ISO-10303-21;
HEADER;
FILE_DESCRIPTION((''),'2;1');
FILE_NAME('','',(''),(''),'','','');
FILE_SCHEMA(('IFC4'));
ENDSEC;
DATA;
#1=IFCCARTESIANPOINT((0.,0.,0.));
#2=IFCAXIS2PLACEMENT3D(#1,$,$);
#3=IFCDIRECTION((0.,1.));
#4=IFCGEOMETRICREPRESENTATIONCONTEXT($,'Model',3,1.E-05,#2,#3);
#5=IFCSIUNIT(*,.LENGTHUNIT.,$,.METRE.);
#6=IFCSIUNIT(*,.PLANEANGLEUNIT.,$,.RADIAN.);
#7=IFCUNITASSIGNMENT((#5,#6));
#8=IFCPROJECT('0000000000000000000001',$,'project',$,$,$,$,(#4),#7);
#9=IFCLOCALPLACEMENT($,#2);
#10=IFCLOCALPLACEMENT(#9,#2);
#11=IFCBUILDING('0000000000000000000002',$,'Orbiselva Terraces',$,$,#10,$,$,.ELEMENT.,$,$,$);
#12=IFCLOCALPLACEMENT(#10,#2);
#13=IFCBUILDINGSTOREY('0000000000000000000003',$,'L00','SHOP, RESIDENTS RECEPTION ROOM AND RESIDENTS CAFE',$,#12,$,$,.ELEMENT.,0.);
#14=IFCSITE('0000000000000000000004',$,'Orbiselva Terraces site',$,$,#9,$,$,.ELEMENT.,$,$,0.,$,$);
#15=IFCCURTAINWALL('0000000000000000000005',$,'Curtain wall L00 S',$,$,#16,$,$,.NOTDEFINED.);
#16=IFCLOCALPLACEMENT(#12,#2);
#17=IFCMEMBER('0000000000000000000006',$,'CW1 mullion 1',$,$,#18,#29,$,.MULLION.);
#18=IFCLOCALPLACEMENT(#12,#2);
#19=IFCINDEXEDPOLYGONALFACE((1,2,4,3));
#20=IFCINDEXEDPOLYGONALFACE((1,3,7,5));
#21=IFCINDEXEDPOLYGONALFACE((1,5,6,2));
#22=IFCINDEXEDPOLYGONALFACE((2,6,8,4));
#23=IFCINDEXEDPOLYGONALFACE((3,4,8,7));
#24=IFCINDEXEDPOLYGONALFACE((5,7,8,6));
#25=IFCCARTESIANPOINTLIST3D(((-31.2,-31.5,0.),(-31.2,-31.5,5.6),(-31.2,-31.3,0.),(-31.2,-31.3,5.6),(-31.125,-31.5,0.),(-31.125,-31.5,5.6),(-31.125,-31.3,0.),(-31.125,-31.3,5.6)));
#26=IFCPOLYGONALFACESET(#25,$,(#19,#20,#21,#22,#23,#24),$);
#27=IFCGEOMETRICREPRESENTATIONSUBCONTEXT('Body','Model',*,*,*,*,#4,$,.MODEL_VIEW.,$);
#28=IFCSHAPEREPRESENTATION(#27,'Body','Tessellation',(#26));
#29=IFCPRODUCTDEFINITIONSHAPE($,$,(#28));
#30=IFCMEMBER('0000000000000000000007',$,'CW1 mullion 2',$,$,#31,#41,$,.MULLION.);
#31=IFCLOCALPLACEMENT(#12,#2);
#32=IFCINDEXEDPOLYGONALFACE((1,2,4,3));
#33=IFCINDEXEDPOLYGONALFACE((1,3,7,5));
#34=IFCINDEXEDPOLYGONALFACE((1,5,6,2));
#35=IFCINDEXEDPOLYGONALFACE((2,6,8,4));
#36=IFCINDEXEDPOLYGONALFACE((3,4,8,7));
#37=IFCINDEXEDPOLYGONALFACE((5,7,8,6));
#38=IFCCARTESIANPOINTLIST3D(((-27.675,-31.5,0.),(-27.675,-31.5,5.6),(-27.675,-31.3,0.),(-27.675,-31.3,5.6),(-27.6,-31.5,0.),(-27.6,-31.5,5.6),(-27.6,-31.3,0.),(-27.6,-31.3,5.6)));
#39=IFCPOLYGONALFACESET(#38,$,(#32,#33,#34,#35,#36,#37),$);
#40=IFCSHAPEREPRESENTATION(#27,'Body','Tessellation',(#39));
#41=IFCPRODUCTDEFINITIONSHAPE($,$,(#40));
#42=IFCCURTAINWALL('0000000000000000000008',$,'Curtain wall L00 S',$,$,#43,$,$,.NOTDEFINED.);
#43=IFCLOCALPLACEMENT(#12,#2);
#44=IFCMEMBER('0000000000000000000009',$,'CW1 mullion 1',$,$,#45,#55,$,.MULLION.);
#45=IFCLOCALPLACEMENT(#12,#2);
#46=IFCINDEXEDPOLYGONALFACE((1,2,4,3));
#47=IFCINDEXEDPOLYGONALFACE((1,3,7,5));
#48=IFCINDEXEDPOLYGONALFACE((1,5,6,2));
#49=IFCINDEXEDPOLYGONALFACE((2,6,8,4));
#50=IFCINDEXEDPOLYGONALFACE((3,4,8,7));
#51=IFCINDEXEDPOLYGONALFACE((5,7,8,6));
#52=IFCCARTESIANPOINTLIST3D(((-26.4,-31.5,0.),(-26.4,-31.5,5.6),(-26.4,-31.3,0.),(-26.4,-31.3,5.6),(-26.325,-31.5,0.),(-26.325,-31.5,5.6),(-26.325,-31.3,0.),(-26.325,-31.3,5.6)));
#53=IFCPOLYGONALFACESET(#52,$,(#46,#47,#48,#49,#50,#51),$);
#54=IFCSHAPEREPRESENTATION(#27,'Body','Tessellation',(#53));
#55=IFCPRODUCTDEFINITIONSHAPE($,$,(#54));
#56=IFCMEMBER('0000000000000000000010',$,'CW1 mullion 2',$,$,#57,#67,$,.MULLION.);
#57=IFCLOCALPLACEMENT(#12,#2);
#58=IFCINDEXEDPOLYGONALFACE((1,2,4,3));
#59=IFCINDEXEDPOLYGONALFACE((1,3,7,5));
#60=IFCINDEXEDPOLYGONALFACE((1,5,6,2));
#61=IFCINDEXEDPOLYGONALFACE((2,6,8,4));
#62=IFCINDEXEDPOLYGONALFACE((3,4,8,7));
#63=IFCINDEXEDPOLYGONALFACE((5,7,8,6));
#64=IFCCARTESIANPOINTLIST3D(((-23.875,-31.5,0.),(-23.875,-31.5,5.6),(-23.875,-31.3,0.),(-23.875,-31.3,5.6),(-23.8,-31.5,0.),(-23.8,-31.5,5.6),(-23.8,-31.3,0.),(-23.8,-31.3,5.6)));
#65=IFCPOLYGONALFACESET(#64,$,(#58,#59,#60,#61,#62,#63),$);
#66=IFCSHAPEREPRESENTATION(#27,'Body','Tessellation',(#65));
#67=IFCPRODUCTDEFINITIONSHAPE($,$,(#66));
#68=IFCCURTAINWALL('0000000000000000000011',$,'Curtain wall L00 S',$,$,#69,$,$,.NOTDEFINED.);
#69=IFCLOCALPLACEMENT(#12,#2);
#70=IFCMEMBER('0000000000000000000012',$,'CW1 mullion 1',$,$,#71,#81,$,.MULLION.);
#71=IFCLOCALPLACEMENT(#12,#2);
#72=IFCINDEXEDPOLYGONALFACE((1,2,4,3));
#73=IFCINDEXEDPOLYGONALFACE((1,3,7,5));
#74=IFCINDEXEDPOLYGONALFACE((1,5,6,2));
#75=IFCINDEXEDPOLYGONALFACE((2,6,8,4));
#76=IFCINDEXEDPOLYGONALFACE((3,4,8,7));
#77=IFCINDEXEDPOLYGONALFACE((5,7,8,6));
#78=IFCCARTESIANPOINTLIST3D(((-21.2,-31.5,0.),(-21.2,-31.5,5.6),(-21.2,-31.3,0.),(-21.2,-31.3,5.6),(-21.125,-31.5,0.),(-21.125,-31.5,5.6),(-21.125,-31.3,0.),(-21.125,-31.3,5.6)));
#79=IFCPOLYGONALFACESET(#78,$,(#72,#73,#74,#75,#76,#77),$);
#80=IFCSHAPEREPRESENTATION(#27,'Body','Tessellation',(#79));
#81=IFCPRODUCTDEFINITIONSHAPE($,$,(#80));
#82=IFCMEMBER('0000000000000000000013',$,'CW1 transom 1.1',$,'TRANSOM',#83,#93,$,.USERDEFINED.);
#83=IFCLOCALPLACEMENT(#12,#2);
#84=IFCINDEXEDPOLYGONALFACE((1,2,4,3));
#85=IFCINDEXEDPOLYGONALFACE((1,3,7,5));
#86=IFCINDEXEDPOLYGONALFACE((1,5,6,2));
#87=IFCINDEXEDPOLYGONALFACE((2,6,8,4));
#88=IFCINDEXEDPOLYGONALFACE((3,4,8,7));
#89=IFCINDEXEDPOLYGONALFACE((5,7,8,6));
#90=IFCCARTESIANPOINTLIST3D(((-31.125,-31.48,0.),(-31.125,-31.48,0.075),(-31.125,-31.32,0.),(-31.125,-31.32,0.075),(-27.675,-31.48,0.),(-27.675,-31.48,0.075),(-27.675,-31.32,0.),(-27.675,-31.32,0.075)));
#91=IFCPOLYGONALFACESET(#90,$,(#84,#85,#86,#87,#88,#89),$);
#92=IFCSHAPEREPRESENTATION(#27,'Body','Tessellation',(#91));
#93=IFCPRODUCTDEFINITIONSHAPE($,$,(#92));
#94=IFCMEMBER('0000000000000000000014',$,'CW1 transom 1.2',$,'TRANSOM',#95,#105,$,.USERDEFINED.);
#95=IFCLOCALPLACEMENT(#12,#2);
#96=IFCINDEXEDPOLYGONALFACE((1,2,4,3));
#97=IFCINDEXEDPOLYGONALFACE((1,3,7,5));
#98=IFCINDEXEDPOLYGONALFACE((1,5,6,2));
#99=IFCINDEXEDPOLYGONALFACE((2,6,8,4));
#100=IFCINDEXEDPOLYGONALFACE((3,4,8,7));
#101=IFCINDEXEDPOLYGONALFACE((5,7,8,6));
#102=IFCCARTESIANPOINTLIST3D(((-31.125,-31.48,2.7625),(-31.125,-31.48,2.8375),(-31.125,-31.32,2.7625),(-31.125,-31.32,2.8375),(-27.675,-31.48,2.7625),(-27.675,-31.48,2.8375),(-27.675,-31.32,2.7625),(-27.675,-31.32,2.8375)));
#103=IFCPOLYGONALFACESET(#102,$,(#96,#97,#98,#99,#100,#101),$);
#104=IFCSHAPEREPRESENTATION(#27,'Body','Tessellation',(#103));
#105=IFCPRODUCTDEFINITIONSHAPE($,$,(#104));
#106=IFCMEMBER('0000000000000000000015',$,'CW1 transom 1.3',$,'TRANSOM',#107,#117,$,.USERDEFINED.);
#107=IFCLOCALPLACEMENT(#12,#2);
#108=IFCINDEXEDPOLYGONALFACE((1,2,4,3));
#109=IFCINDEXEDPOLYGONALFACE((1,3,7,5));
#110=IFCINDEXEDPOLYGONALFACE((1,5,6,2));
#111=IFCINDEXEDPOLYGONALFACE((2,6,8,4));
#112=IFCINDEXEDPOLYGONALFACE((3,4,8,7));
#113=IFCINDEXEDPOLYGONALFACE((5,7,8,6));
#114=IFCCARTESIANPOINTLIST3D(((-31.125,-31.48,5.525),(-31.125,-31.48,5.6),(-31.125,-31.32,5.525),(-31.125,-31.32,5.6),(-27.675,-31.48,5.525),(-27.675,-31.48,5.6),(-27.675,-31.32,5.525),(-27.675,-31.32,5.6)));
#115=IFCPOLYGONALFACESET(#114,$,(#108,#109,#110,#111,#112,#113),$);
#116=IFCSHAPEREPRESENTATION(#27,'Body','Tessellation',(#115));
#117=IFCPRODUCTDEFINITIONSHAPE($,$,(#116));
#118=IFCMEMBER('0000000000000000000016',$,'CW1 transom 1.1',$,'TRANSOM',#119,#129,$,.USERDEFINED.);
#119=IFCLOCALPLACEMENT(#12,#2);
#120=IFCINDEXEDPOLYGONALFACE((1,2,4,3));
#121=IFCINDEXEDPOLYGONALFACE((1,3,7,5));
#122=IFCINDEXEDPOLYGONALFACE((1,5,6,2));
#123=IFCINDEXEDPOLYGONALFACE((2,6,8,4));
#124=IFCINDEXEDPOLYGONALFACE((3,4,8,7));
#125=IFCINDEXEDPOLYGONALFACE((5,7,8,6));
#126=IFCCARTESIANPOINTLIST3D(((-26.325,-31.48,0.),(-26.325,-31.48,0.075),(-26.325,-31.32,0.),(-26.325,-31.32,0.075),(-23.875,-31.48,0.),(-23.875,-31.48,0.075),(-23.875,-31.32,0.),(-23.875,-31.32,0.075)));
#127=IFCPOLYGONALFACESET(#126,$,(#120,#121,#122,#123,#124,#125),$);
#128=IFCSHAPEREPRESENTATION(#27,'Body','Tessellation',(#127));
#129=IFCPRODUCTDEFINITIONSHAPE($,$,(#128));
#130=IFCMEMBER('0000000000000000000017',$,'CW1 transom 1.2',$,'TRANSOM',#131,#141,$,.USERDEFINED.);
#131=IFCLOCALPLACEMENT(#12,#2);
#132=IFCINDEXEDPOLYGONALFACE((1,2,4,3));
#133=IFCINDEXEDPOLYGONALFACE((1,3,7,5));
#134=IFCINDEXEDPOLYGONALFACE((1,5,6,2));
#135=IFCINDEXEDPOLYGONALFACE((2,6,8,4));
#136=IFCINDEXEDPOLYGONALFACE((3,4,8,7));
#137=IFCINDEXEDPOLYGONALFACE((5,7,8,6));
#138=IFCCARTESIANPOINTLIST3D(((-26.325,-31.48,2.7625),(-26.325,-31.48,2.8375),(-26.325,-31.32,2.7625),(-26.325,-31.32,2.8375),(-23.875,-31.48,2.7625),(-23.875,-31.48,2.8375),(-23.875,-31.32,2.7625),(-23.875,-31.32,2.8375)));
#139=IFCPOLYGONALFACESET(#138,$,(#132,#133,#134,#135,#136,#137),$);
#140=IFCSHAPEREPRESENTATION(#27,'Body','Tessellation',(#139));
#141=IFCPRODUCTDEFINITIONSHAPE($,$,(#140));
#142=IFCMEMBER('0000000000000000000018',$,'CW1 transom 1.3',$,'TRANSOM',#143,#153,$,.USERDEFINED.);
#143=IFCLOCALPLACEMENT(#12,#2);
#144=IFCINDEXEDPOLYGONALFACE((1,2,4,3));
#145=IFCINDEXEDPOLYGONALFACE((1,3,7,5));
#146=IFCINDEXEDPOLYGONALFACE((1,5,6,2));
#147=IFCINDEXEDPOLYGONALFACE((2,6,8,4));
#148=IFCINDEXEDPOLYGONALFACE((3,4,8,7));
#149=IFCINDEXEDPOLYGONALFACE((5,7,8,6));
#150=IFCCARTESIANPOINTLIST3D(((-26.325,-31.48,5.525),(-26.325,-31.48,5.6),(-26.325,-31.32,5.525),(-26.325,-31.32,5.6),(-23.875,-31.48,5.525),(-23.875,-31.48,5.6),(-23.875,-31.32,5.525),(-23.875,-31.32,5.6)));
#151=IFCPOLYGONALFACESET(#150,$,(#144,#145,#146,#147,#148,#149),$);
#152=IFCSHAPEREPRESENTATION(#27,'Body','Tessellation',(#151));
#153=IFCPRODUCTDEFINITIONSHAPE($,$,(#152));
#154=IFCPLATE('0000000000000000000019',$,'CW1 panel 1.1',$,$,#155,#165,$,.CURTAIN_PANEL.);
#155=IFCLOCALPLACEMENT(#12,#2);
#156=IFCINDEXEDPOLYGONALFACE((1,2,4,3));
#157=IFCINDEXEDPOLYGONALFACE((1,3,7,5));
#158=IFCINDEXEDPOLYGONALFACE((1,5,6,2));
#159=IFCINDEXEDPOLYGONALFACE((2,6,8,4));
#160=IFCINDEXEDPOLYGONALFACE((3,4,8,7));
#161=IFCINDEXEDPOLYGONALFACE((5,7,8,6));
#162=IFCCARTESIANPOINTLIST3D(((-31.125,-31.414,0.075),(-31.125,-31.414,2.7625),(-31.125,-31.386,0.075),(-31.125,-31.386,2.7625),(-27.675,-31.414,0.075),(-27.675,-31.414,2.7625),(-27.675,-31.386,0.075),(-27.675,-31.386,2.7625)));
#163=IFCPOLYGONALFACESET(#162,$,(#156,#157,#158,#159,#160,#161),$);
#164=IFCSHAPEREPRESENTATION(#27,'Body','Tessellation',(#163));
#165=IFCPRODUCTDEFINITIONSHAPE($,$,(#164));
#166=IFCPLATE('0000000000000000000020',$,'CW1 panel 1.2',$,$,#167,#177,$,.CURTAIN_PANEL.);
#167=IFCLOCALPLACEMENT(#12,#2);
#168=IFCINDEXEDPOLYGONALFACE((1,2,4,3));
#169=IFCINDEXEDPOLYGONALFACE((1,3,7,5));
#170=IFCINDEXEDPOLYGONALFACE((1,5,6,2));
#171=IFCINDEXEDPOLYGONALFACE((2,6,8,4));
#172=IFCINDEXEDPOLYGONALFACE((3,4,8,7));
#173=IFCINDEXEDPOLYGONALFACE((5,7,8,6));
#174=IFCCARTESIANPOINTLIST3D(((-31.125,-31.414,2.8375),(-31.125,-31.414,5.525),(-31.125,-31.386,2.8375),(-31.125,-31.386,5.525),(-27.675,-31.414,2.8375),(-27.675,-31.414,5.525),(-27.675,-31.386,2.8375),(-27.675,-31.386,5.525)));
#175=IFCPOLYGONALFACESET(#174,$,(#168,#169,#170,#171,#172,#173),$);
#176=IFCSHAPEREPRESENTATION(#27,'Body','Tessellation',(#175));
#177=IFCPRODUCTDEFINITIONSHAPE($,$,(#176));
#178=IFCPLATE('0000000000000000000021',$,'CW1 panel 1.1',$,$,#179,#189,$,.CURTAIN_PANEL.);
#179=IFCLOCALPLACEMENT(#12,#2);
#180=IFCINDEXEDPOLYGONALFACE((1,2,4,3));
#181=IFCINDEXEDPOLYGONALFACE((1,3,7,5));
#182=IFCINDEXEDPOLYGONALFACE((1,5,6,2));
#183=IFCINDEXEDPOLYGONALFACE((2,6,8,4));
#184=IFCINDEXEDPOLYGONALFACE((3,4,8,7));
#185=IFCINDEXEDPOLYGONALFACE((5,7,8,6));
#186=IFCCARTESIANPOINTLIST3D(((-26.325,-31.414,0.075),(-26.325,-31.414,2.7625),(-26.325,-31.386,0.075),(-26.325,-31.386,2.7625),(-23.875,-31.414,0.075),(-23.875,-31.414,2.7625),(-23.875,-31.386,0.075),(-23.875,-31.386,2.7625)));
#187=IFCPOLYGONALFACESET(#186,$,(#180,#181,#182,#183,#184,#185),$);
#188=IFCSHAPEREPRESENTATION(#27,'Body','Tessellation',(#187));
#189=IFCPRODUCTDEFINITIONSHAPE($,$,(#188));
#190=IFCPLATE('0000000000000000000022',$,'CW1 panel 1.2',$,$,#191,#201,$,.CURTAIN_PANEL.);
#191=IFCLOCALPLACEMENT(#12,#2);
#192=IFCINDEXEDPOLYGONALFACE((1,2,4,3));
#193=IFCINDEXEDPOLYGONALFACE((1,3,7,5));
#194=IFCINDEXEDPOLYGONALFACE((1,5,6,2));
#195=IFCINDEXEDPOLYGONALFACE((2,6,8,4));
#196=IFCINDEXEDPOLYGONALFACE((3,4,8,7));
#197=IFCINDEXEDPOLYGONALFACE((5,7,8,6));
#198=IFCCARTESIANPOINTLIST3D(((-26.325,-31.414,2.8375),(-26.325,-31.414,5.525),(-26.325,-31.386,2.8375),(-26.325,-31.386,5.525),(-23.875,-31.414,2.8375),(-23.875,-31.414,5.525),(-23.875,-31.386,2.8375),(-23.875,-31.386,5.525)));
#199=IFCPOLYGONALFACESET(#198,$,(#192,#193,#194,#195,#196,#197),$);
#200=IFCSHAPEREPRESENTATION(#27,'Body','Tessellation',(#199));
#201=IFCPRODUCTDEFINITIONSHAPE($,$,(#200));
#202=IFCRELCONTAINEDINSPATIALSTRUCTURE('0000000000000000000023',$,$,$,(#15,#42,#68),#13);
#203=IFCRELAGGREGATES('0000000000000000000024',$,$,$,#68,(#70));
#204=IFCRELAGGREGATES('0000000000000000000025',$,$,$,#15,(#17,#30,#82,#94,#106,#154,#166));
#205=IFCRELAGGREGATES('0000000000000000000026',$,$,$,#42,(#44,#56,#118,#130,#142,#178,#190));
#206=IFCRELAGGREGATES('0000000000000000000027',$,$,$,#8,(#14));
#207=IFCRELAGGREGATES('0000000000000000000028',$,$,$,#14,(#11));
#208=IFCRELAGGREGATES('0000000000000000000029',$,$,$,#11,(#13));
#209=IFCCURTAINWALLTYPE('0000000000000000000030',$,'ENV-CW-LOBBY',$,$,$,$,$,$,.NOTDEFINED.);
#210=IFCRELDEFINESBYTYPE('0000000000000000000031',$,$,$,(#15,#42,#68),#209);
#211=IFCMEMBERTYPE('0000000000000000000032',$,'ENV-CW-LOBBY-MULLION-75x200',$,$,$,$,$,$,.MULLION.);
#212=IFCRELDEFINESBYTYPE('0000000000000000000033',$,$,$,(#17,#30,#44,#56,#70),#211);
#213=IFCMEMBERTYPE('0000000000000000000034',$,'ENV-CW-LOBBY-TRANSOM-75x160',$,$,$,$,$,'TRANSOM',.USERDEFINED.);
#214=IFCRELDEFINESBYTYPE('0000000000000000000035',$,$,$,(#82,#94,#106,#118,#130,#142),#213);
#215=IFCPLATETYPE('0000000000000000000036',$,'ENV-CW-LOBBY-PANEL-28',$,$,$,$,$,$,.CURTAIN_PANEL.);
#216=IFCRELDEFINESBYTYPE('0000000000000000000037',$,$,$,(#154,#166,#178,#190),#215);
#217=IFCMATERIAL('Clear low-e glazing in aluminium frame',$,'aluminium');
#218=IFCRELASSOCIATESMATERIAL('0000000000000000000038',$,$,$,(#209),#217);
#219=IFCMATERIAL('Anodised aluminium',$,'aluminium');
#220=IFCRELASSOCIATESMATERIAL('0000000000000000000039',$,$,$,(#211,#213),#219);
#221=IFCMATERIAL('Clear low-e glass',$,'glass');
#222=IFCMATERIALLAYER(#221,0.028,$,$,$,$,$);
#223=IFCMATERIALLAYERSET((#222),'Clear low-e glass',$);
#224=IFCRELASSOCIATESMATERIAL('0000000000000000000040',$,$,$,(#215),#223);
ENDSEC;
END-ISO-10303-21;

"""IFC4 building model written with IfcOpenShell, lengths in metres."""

from ifc_helpers import new_model, si_unit, direction, frame, origin, origin_2d, place, context, subcontext, project, spatial, rectangle, extrude, material, layer, layer_set, material_profile, profile_set, type_object, element, aggregate, save


model = new_model("IFC4")

# Units and contexts
model_context = context("Model", 3, precision=1e-05, world=origin(), true_north=direction((0.0, 1.0)))
body_context = subcontext(model_context, "Body", "Model", "MODEL_VIEW")
ifc_project = project(units=[si_unit("LENGTHUNIT", "METRE"), si_unit("PLANEANGLEUNIT", "RADIAN")], contexts=[model_context])

# Site, building, storey
site_placement = place(None, origin())
site = spatial("IfcSite", under=ifc_project, at=site_placement, Name="Orbiselva Terraces site", CompositionType="ELEMENT", RefElevation=0.0)
building_placement = place(site_placement, origin())
building = spatial("IfcBuilding", under=site, at=building_placement, Name="Orbiselva Terraces", CompositionType="ELEMENT")
storey_placement = place(building_placement, origin())
storey = spatial("IfcBuildingStorey", under=building, at=storey_placement, Name="L00", Description="SHOP, RESIDENTS RECEPTION ROOM AND RESIDENTS CAFE", CompositionType="ELEMENT", Elevation=0.0)

# Curtain walls, members
ifc_material_1 = material(Name="Clear low-e glazing in aluminium frame", Category="aluminium")
curtain_wall_type = type_object("IfcCurtainWallType", Name="ENV-CW-LOBBY", PredefinedType="NOTDEFINED", material=ifc_material_1)
curtain_wall_1_placement = place(storey_placement, origin())
curtain_wall_1 = element("IfcCurtainWall", 1, at=curtain_wall_1_placement, inside=storey, type_object=curtain_wall_type, Name="Curtain wall L00 S", PredefinedType="NOTDEFINED")
ifc_material_2 = material(Name="Anodised aluminium", Category="aluminium")
ifc_material_profile_1 = material_profile(ifc_material_2, rectangle(XDim=0.2, YDim=0.075, at=origin_2d()), Name="AL 75x200")
ifc_profile_set_1 = profile_set([ifc_material_profile_1], Name="Anodised aluminium")
member_type_1 = type_object("IfcMemberType", Name="ENV-CW-LOBBY-MULLION-75x200", PredefinedType="MULLION", material=ifc_profile_set_1)
member_1_placement = place(storey_placement, frame((-31.1625, -31.4, 0.0), z_axis=(0.0, 0.0, 1.0), x_axis=(0.0, 1.0, 0.0)))
member_1 = element("IfcMember", 2, at=member_1_placement, type_object=member_type_1, Name="CW1 mullion 1", PredefinedType="MULLION", context=body_context, shape_type="SweptSolid", body=[
    extrude(rectangle(XDim=0.2, YDim=0.075, at=origin_2d()), origin(), (0.0, 0.0, 1.0), 5.6),
])
member_2_placement = place(storey_placement, frame((-27.6375, -31.4, 0.0), z_axis=(0.0, 0.0, 1.0), x_axis=(0.0, 1.0, 0.0)))
member_2 = element("IfcMember", 3, at=member_2_placement, type_object=member_type_1, Name="CW1 mullion 2", PredefinedType="MULLION", context=body_context, shape_type="SweptSolid", body=[
    extrude(rectangle(XDim=0.2, YDim=0.075, at=origin_2d()), origin(), (0.0, 0.0, 1.0), 5.6),
])
curtain_wall_2_placement = place(storey_placement, origin())
curtain_wall_2 = element("IfcCurtainWall", 4, at=curtain_wall_2_placement, inside=storey, type_object=curtain_wall_type, Name="Curtain wall L00 S", PredefinedType="NOTDEFINED")
member_3_placement = place(storey_placement, frame((-26.3625, -31.4, 0.0), z_axis=(0.0, 0.0, 1.0), x_axis=(0.0, 1.0, 0.0)))
member_3 = element("IfcMember", 5, at=member_3_placement, type_object=member_type_1, Name="CW1 mullion 1", PredefinedType="MULLION", context=body_context, shape_type="SweptSolid", body=[
    extrude(rectangle(XDim=0.2, YDim=0.075, at=origin_2d()), origin(), (0.0, 0.0, 1.0), 5.6),
])
member_4_placement = place(storey_placement, frame((-23.8375, -31.4, 0.0), z_axis=(0.0, 0.0, 1.0), x_axis=(0.0, 1.0, 0.0)))
member_4 = element("IfcMember", 6, at=member_4_placement, type_object=member_type_1, Name="CW1 mullion 2", PredefinedType="MULLION", context=body_context, shape_type="SweptSolid", body=[
    extrude(rectangle(XDim=0.2, YDim=0.075, at=origin_2d()), origin(), (0.0, 0.0, 1.0), 5.6),
])

# Curtain wall, member
curtain_wall_3_placement = place(storey_placement, origin())
curtain_wall_3 = element("IfcCurtainWall", 7, at=curtain_wall_3_placement, inside=storey, type_object=curtain_wall_type, Name="Curtain wall L00 S", PredefinedType="NOTDEFINED")
member_5_placement = place(storey_placement, frame((-21.1625, -31.4, 0.0), z_axis=(0.0, 0.0, 1.0), x_axis=(0.0, 1.0, 0.0)))
member_5 = element("IfcMember", 8, at=member_5_placement, type_object=member_type_1, Name="CW1 mullion 1", PredefinedType="MULLION", context=body_context, shape_type="SweptSolid", body=[
    extrude(rectangle(XDim=0.2, YDim=0.075, at=origin_2d()), origin(), (0.0, 0.0, 1.0), 5.6),
])
aggregate(curtain_wall_3, [member_5])

# Members
ifc_material_profile_2 = material_profile(ifc_material_2, rectangle(XDim=0.16, YDim=0.075, at=origin_2d()), Name="AL 75x160")
ifc_profile_set_2 = profile_set([ifc_material_profile_2], Name="Anodised aluminium")
member_type_2 = type_object("IfcMemberType", Name="ENV-CW-LOBBY-TRANSOM-75x160", ElementType="TRANSOM", PredefinedType="USERDEFINED", material=ifc_profile_set_2)
member_6_placement = place(storey_placement, frame((-31.125, -31.4, 0.0375), z_axis=(1.0, 0.0, 0.0), x_axis=(0.0, 1.0, 0.0)))
member_6 = element("IfcMember", 9, at=member_6_placement, type_object=member_type_2, Name="CW1 transom 1.1", ObjectType="TRANSOM", PredefinedType="USERDEFINED", context=body_context, shape_type="SweptSolid", body=[
    extrude(rectangle(XDim=0.16, YDim=0.075, at=origin_2d()), origin(), (0.0, 0.0, 1.0), 3.45),
])
member_7_placement = place(storey_placement, frame((-31.125, -31.4, 2.8), z_axis=(1.0, 0.0, 0.0), x_axis=(0.0, 1.0, 0.0)))
member_7 = element("IfcMember", 10, at=member_7_placement, type_object=member_type_2, Name="CW1 transom 1.2", ObjectType="TRANSOM", PredefinedType="USERDEFINED", context=body_context, shape_type="SweptSolid", body=[
    extrude(rectangle(XDim=0.16, YDim=0.075, at=origin_2d()), origin(), (0.0, 0.0, 1.0), 3.45),
])
member_8_placement = place(storey_placement, frame((-31.125, -31.4, 5.5625), z_axis=(1.0, 0.0, 0.0), x_axis=(0.0, 1.0, 0.0)))
member_8 = element("IfcMember", 11, at=member_8_placement, type_object=member_type_2, Name="CW1 transom 1.3", ObjectType="TRANSOM", PredefinedType="USERDEFINED", context=body_context, shape_type="SweptSolid", body=[
    extrude(rectangle(XDim=0.16, YDim=0.075, at=origin_2d()), origin(), (0.0, 0.0, 1.0), 3.45),
])
member_9_placement = place(storey_placement, frame((-26.325, -31.4, 0.0375), z_axis=(1.0, 0.0, 0.0), x_axis=(0.0, 1.0, 0.0)))
member_9 = element("IfcMember", 12, at=member_9_placement, type_object=member_type_2, Name="CW1 transom 1.1", ObjectType="TRANSOM", PredefinedType="USERDEFINED", context=body_context, shape_type="SweptSolid", body=[
    extrude(rectangle(XDim=0.16, YDim=0.075, at=origin_2d()), origin(), (0.0, 0.0, 1.0), 2.45),
])
member_10_placement = place(storey_placement, frame((-26.325, -31.4, 2.8), z_axis=(1.0, 0.0, 0.0), x_axis=(0.0, 1.0, 0.0)))
member_10 = element("IfcMember", 13, at=member_10_placement, type_object=member_type_2, Name="CW1 transom 1.2", ObjectType="TRANSOM", PredefinedType="USERDEFINED", context=body_context, shape_type="SweptSolid", body=[
    extrude(rectangle(XDim=0.16, YDim=0.075, at=origin_2d()), origin(), (0.0, 0.0, 1.0), 2.45),
])
member_11_placement = place(storey_placement, frame((-26.325, -31.4, 5.5625), z_axis=(1.0, 0.0, 0.0), x_axis=(0.0, 1.0, 0.0)))
member_11 = element("IfcMember", 14, at=member_11_placement, type_object=member_type_2, Name="CW1 transom 1.3", ObjectType="TRANSOM", PredefinedType="USERDEFINED", context=body_context, shape_type="SweptSolid", body=[
    extrude(rectangle(XDim=0.16, YDim=0.075, at=origin_2d()), origin(), (0.0, 0.0, 1.0), 2.45),
])

# Plates
ifc_material_3 = material(Name="Clear low-e glass", Category="glass")
ifc_layer_1 = layer(ifc_material_3, 0.028)
ifc_layer_set_1 = layer_set([ifc_layer_1], Name="Clear low-e glass")
plate_type = type_object("IfcPlateType", Name="ENV-CW-LOBBY-PANEL-28", PredefinedType="CURTAIN_PANEL", material=ifc_layer_set_1)
plate_1_placement = place(storey_placement, frame((-29.4, -31.4, 0.075), z_axis=(0.0, 0.0, 1.0), x_axis=(1.0, 0.0, 0.0)))
plate_1 = element("IfcPlate", 15, at=plate_1_placement, type_object=plate_type, Name="CW1 panel 1.1", PredefinedType="CURTAIN_PANEL", context=body_context, shape_type="SweptSolid", body=[
    extrude(rectangle(XDim=3.45, YDim=0.028, at=origin_2d()), origin(), (0.0, 0.0, 1.0), 2.6875),
])
plate_2_placement = place(storey_placement, frame((-29.4, -31.4, 2.8375), z_axis=(0.0, 0.0, 1.0), x_axis=(1.0, 0.0, 0.0)))
plate_2 = element("IfcPlate", 16, at=plate_2_placement, type_object=plate_type, Name="CW1 panel 1.2", PredefinedType="CURTAIN_PANEL", context=body_context, shape_type="SweptSolid", body=[
    extrude(rectangle(XDim=3.45, YDim=0.028, at=origin_2d()), origin(), (0.0, 0.0, 1.0), 2.6875),
])
aggregate(curtain_wall_1, [member_1, member_2, member_6, member_7, member_8, plate_1, plate_2])
plate_3_placement = place(storey_placement, frame((-25.1, -31.4, 0.075), z_axis=(0.0, 0.0, 1.0), x_axis=(1.0, 0.0, 0.0)))
plate_3 = element("IfcPlate", 17, at=plate_3_placement, type_object=plate_type, Name="CW1 panel 1.1", PredefinedType="CURTAIN_PANEL", context=body_context, shape_type="SweptSolid", body=[
    extrude(rectangle(XDim=2.45, YDim=0.028, at=origin_2d()), origin(), (0.0, 0.0, 1.0), 2.6875),
])
plate_4_placement = place(storey_placement, frame((-25.1, -31.4, 2.8375), z_axis=(0.0, 0.0, 1.0), x_axis=(1.0, 0.0, 0.0)))
plate_4 = element("IfcPlate", 18, at=plate_4_placement, type_object=plate_type, Name="CW1 panel 1.2", PredefinedType="CURTAIN_PANEL", context=body_context, shape_type="SweptSolid", body=[
    extrude(rectangle(XDim=2.45, YDim=0.028, at=origin_2d()), origin(), (0.0, 0.0, 1.0), 2.6875),
])
aggregate(curtain_wall_2, [member_3, member_4, member_9, member_10, member_11, plate_3, plate_4])

save(model, "model.ifc")
